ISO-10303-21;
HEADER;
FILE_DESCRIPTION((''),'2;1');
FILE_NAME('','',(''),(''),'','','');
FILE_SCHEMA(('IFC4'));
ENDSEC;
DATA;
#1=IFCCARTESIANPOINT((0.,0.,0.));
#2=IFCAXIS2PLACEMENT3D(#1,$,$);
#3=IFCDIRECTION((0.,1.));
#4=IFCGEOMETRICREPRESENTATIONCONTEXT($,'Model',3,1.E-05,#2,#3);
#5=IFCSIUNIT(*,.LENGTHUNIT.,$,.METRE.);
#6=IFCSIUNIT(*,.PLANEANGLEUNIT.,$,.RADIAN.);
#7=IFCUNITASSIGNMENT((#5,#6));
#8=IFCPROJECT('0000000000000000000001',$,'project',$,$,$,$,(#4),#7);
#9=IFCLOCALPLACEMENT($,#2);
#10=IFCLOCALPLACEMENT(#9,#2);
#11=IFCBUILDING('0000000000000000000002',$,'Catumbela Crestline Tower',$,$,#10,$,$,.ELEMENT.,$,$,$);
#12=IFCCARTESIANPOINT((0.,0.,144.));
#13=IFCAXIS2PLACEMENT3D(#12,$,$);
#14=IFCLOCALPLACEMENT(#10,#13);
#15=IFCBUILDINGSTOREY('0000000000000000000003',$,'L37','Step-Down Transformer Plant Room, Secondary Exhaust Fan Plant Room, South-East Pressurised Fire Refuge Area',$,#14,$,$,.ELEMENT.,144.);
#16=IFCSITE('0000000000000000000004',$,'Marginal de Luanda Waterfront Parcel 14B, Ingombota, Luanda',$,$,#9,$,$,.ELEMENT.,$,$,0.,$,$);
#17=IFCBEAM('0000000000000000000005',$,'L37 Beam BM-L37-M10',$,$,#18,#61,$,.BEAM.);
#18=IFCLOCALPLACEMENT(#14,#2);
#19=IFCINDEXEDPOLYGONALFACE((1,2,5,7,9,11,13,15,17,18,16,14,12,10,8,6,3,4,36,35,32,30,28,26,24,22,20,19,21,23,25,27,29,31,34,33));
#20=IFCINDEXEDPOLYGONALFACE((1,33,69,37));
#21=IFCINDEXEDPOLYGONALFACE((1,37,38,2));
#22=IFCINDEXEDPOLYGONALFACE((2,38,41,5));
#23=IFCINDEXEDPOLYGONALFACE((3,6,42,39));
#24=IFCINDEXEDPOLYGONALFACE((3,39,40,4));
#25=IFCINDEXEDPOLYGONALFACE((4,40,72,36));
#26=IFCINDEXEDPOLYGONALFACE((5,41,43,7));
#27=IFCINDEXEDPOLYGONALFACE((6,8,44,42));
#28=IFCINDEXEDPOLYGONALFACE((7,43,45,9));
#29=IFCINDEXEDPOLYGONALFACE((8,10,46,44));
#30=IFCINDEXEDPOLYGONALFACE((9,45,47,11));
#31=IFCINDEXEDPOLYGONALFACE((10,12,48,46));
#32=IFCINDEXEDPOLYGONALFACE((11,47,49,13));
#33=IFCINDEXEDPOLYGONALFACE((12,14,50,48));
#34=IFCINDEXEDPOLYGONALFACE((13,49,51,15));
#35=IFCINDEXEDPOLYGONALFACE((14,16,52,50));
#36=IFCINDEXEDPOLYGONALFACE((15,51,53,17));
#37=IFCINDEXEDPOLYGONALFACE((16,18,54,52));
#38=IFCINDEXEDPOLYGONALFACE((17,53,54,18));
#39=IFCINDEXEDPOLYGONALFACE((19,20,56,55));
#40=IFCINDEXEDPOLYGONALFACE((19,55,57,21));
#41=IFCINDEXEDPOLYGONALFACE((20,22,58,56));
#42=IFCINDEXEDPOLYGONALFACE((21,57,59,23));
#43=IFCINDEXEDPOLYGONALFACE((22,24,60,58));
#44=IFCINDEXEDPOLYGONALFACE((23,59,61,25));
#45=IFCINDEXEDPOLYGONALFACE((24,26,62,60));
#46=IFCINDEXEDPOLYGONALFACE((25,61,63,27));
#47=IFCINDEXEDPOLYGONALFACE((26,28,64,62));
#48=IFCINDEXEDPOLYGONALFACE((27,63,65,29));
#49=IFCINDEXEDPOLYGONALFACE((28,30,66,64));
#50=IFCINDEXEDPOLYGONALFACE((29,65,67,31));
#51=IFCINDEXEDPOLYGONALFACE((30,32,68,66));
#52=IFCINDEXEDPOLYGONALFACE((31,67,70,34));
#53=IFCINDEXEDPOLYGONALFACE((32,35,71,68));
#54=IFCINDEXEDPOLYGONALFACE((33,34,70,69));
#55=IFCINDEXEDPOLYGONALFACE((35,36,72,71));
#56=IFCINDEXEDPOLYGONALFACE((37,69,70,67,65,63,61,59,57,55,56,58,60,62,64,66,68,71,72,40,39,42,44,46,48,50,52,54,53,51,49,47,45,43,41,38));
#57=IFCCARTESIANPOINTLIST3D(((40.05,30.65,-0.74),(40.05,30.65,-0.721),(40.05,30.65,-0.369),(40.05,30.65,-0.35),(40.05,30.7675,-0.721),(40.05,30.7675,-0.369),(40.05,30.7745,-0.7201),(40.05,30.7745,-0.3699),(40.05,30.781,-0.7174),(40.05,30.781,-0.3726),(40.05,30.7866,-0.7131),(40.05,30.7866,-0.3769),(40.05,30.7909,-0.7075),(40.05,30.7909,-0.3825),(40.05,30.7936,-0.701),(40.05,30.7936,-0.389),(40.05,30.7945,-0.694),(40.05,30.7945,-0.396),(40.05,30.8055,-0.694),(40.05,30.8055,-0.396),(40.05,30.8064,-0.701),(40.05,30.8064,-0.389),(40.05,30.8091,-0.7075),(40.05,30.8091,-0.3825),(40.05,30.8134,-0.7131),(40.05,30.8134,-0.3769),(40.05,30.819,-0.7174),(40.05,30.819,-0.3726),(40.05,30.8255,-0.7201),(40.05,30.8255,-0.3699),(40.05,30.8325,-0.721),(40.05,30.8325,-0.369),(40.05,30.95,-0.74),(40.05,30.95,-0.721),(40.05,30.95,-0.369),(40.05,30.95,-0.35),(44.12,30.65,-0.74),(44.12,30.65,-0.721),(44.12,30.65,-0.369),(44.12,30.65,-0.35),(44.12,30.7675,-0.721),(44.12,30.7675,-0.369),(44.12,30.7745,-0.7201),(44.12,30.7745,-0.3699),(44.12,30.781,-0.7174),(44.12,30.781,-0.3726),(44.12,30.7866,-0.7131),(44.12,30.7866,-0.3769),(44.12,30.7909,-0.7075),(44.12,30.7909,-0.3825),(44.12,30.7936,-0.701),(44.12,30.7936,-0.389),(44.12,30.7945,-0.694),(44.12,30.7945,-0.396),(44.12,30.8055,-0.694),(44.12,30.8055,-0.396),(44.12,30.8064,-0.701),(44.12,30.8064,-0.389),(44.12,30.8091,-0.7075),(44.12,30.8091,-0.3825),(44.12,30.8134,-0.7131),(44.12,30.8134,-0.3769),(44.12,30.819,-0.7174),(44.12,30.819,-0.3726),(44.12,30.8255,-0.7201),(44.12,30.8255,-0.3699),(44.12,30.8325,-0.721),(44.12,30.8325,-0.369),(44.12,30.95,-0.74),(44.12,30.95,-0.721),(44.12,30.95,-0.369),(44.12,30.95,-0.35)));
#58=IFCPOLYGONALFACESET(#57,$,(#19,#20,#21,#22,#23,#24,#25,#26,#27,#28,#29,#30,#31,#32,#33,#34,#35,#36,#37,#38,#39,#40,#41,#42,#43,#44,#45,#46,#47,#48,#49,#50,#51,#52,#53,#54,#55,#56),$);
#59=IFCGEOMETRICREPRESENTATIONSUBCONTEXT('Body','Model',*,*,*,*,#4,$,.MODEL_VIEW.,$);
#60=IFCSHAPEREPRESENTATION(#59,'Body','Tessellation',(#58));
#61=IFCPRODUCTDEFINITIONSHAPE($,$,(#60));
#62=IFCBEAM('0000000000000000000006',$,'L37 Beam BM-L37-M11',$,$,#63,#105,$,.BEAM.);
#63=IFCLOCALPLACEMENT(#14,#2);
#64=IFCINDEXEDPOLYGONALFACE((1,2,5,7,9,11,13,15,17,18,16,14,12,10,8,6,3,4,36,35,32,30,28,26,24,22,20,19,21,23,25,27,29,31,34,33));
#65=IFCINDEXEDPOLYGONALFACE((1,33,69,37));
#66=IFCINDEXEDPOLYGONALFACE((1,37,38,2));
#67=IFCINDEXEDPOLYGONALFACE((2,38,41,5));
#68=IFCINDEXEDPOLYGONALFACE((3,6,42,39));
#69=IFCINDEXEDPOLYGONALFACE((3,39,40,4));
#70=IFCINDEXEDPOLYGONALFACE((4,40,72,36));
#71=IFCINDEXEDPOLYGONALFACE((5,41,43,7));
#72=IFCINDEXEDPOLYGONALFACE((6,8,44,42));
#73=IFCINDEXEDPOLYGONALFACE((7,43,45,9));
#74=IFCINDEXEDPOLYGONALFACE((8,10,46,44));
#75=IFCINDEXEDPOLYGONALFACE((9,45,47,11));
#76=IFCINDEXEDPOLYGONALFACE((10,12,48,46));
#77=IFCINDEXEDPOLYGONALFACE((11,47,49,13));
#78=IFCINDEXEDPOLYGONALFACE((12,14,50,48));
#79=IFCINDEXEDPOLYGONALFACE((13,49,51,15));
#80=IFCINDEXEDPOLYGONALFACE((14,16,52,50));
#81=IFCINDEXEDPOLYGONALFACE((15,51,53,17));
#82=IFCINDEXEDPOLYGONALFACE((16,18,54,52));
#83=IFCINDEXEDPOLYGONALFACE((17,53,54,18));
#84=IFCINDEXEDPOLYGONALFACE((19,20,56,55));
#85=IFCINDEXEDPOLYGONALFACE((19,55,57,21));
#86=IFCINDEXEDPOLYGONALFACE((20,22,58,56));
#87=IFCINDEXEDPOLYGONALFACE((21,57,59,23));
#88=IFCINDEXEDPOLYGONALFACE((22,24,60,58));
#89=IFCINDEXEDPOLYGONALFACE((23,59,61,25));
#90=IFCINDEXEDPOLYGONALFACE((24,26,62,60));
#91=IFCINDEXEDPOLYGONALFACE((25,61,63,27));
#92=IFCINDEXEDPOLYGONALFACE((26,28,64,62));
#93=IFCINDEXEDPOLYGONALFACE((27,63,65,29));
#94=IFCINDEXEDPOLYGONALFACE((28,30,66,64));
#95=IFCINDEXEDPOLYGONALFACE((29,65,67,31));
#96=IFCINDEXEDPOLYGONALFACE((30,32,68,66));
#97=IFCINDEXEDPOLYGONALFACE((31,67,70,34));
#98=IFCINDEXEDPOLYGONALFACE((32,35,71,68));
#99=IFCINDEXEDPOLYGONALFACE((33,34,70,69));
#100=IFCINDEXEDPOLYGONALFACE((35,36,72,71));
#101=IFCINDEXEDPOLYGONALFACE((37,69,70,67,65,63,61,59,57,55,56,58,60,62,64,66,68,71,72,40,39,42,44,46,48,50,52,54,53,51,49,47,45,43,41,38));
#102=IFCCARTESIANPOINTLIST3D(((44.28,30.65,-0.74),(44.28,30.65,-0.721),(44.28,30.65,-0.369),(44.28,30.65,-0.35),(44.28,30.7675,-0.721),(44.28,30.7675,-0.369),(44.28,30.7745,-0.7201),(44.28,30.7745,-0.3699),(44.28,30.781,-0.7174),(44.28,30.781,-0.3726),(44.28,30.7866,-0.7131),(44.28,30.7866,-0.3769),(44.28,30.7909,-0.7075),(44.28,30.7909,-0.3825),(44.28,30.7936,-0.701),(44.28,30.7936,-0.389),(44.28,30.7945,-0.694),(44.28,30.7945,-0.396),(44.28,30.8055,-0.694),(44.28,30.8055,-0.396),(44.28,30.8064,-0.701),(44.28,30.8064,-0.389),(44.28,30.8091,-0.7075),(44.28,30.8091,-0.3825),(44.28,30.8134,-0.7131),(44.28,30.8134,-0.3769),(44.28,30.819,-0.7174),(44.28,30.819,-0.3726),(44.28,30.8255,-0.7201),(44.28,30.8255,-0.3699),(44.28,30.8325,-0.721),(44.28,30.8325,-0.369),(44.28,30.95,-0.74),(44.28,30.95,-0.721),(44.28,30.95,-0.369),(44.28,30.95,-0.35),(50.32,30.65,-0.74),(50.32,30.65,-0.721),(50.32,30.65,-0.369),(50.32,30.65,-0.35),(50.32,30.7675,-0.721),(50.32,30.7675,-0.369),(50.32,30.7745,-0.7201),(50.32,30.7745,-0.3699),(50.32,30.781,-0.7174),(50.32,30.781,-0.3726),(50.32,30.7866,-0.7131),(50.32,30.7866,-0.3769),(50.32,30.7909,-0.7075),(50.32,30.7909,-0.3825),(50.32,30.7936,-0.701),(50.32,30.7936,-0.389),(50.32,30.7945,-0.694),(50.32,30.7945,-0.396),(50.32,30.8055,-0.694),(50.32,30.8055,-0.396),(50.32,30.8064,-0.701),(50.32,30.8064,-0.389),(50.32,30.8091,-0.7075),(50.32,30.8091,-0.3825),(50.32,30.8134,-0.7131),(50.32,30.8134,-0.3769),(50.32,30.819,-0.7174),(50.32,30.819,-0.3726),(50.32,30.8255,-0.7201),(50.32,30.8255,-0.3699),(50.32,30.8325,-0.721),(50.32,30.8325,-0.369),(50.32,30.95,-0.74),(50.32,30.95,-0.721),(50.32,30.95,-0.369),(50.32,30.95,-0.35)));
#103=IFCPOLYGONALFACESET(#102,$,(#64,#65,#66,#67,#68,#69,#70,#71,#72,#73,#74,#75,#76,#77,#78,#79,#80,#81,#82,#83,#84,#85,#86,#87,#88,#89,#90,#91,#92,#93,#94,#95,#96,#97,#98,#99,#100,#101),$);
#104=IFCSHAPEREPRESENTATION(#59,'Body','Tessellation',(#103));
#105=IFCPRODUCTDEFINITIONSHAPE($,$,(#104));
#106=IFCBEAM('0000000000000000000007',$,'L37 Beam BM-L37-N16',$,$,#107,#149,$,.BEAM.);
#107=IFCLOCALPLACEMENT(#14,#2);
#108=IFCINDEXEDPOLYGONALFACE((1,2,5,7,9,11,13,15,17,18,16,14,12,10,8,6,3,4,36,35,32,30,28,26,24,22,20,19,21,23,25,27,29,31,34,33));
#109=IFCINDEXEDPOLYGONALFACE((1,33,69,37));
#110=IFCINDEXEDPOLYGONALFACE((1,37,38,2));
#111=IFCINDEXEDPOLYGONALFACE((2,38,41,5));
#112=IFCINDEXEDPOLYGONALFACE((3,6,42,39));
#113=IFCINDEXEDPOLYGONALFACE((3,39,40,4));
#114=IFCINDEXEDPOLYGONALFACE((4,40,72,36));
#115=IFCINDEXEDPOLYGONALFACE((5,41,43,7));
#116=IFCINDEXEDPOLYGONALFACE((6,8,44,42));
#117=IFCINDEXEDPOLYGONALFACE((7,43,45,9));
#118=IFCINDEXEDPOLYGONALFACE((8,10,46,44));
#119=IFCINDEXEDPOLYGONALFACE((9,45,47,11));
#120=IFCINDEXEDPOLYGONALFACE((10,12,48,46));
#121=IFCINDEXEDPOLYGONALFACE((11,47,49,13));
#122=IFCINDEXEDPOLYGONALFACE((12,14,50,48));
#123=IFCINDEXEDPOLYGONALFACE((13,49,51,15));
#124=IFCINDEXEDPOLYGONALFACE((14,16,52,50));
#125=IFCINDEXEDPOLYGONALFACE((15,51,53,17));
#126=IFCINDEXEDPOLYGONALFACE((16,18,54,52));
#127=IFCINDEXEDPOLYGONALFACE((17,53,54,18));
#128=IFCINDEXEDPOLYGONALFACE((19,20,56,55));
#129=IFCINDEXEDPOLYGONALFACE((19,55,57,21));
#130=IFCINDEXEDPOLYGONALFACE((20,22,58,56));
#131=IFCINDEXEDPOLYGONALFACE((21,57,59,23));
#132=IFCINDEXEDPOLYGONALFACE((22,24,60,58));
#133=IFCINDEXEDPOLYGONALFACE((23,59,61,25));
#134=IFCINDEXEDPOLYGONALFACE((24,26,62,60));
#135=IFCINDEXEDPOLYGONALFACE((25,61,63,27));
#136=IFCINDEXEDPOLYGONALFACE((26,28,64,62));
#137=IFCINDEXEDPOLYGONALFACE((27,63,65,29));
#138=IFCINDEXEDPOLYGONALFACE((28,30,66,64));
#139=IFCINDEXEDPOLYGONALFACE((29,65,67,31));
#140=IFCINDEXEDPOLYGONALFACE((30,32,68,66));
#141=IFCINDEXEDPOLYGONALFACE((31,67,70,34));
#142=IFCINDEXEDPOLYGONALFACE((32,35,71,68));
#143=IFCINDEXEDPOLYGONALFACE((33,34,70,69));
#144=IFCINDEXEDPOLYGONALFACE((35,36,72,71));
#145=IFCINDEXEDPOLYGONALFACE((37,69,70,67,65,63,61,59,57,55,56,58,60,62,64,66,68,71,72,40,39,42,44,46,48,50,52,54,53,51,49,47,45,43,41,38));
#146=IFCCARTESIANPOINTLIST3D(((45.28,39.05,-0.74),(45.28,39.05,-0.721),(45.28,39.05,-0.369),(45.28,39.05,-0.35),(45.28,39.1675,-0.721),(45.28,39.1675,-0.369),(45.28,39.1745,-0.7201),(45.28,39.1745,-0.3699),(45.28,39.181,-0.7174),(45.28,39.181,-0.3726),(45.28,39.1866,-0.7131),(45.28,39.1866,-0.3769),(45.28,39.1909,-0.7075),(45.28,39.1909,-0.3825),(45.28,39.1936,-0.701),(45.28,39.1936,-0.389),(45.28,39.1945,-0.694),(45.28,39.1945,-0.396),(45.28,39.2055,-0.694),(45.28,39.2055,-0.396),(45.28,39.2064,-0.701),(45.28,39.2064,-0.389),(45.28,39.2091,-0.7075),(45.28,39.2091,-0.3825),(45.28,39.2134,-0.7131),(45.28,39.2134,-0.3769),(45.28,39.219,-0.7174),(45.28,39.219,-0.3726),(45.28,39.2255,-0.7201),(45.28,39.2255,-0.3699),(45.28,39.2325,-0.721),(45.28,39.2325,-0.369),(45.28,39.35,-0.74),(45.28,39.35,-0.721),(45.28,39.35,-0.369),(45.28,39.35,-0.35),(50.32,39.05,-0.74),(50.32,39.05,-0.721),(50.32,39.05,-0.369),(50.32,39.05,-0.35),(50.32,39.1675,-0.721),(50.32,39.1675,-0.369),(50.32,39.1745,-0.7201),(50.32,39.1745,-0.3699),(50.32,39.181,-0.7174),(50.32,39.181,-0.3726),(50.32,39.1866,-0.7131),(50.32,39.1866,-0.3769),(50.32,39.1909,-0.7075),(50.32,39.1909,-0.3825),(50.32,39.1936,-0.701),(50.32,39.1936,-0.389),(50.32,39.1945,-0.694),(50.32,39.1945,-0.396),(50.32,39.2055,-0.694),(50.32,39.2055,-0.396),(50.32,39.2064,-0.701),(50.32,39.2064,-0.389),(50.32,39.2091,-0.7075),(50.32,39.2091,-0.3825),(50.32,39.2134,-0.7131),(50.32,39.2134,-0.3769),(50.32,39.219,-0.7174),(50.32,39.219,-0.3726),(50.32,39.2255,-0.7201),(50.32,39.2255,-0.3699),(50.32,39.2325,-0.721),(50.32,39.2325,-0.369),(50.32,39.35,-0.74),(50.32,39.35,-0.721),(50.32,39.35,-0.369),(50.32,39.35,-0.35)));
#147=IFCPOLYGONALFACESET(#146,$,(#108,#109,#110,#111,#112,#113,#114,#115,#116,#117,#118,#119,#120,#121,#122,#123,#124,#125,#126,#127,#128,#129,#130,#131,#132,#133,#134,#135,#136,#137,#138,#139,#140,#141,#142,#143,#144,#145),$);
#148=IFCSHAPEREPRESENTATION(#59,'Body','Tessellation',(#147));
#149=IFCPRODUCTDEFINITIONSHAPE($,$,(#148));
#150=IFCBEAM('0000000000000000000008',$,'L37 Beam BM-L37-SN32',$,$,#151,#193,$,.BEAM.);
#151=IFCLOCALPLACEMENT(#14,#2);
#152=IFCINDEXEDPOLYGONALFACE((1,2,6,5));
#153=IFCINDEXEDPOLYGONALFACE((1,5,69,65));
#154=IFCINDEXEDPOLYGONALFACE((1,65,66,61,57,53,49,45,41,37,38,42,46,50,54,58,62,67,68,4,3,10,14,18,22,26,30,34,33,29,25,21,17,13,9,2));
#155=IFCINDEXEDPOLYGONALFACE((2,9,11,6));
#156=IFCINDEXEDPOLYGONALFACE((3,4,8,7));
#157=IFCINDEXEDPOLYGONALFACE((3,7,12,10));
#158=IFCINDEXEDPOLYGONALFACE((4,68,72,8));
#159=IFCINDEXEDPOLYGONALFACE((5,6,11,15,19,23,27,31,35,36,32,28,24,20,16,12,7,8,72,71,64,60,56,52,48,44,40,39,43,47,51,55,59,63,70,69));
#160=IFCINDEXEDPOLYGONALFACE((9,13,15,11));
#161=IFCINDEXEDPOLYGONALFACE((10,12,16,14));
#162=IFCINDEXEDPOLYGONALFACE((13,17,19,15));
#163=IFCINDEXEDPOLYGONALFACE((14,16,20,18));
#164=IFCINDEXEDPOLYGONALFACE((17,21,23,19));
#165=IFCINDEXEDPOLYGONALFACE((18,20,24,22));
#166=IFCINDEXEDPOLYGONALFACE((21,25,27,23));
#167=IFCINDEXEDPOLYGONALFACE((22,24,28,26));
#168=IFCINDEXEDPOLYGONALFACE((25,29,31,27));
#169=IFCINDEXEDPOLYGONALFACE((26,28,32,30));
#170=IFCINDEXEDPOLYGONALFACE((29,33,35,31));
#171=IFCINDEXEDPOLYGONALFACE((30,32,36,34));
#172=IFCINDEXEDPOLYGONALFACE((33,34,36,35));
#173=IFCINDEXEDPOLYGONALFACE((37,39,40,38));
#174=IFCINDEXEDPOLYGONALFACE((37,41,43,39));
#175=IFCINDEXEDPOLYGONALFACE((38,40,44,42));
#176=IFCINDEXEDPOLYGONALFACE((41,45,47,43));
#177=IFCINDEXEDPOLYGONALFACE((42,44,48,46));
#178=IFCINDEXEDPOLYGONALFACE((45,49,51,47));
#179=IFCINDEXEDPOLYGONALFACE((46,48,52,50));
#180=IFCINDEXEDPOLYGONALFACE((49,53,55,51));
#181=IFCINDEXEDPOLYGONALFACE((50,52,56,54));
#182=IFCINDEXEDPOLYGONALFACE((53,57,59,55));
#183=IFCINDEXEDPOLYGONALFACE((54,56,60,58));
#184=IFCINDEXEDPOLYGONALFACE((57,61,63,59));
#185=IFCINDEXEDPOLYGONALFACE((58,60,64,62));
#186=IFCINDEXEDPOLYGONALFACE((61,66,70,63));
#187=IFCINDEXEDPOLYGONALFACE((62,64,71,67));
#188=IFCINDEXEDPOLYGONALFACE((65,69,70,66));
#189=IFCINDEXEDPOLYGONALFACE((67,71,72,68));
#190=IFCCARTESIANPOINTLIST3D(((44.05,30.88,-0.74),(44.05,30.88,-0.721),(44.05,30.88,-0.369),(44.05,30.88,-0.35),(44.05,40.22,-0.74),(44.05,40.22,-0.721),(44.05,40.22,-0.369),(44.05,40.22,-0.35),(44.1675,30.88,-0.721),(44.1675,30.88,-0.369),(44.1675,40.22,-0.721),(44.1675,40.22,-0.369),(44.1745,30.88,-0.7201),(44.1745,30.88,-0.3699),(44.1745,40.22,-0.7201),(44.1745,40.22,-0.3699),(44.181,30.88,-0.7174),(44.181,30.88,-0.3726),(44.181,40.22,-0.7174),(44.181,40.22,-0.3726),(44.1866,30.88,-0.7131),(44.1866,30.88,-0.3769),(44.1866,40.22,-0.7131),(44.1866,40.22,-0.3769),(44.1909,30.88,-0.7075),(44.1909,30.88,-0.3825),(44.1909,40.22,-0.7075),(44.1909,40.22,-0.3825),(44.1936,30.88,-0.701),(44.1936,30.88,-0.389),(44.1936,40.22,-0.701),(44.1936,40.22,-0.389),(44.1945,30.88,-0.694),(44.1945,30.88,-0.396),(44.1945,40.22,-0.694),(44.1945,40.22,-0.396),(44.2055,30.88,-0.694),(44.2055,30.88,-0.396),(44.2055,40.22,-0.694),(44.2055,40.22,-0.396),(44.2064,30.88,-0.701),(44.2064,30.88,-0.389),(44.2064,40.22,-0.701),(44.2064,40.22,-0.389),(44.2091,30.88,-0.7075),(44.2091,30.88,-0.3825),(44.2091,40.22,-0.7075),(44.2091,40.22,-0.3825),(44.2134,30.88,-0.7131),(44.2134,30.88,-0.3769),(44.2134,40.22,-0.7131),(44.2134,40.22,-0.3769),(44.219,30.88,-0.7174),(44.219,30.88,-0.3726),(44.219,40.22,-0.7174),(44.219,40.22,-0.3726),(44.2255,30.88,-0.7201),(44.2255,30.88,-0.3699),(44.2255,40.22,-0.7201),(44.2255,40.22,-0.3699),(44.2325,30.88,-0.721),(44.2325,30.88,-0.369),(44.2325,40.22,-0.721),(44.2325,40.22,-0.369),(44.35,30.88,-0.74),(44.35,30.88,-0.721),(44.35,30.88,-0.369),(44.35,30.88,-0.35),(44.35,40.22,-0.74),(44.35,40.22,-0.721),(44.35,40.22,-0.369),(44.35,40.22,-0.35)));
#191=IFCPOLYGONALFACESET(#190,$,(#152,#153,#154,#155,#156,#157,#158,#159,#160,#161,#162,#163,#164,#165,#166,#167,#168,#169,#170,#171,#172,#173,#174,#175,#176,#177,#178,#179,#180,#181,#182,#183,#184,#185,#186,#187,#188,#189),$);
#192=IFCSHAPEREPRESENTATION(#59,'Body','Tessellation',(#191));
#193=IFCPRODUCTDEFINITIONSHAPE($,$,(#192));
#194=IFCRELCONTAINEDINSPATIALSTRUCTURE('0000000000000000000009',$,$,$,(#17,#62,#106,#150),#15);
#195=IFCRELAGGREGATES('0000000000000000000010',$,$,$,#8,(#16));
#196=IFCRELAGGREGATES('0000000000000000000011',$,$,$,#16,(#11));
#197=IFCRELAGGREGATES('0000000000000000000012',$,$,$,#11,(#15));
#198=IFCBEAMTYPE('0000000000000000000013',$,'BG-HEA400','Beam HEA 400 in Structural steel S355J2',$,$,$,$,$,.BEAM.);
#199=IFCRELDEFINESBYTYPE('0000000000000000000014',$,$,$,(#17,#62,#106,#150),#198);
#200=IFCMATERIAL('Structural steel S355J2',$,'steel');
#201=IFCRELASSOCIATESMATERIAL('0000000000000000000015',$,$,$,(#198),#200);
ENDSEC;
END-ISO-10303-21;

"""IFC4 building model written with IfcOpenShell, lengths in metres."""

from ifc_helpers import new_model, si_unit, direction, frame, origin, origin_2d, place, context, subcontext, project, spatial, i_section, extrude, material, material_profile, profile_set, type_object, element, save


model = new_model("IFC4")

# Units and contexts
model_context = context("Model", 3, precision=1e-05, world=origin(), true_north=direction((0.0, 1.0)))
body_context = subcontext(model_context, "Body", "Model", "MODEL_VIEW")
ifc_project = project(units=[si_unit("LENGTHUNIT", "METRE"), si_unit("PLANEANGLEUNIT", "RADIAN")], contexts=[model_context])

# Site, building, storey
site_placement = place(None, origin())
site = spatial("IfcSite", under=ifc_project, at=site_placement, Name="Marginal de Luanda Waterfront Parcel 14B, Ingombota, Luanda", CompositionType="ELEMENT", RefElevation=0.0)
building_placement = place(site_placement, origin())
building = spatial("IfcBuilding", under=site, at=building_placement, Name="Catumbela Crestline Tower", CompositionType="ELEMENT")
storey_placement = place(building_placement, frame((0.0, 0.0, 144.0)))
storey = spatial("IfcBuildingStorey", under=building, at=storey_placement, Name="L37", Description="Step-Down Transformer Plant Room, Secondary Exhaust Fan Plant Room, South-East Pressurised Fire Refuge Area", CompositionType="ELEMENT", Elevation=144.0)

# Beams
ifc_material_1 = material(Name="Structural steel S355J2", Category="steel")
ifc_material_profile_1 = material_profile(ifc_material_1, i_section(OverallWidth=0.3, OverallDepth=0.39, WebThickness=0.011, FlangeThickness=0.019, FilletRadius=0.027, at=origin_2d()), Name="HEA 400")
ifc_profile_set_1 = profile_set([ifc_material_profile_1], Name="Structural steel S355J2")
beam_type_1 = type_object("IfcBeamType", Name="BG-HEA400", Description="Beam HEA 400 in Structural steel S355J2", PredefinedType="BEAM", material=ifc_profile_set_1)
beam_1_placement = place(storey_placement, frame((40.05, 30.8, -0.545), z_axis=(1.0, 0.0, 0.0), x_axis=(0.0, 1.0, 0.0)))
element("IfcBeam", 1, at=beam_1_placement, inside=storey, type_object=beam_type_1, Name="L37 Beam BM-L37-M10", PredefinedType="BEAM", context=body_context, shape_type="SweptSolid", body=[
    extrude(i_section(OverallWidth=0.3, OverallDepth=0.39, WebThickness=0.011, FlangeThickness=0.019, FilletRadius=0.027, at=origin_2d()), origin(), (0.0, 0.0, 1.0), 4.07),
])
beam_2_placement = place(storey_placement, frame((44.28, 30.8, -0.545), z_axis=(1.0, 0.0, 0.0), x_axis=(0.0, 1.0, 0.0)))
element("IfcBeam", 2, at=beam_2_placement, inside=storey, type_object=beam_type_1, Name="L37 Beam BM-L37-M11", PredefinedType="BEAM", context=body_context, shape_type="SweptSolid", body=[
    extrude(i_section(OverallWidth=0.3, OverallDepth=0.39, WebThickness=0.011, FlangeThickness=0.019, FilletRadius=0.027, at=origin_2d()), origin(), (0.0, 0.0, 1.0), 6.04),
])
beam_3_placement = place(storey_placement, frame((45.28, 39.2, -0.545), z_axis=(1.0, 0.0, 0.0), x_axis=(0.0, 1.0, 0.0)))
element("IfcBeam", 3, at=beam_3_placement, inside=storey, type_object=beam_type_1, Name="L37 Beam BM-L37-N16", PredefinedType="BEAM", context=body_context, shape_type="SweptSolid", body=[
    extrude(i_section(OverallWidth=0.3, OverallDepth=0.39, WebThickness=0.011, FlangeThickness=0.019, FilletRadius=0.027, at=origin_2d()), origin(), (0.0, 0.0, 1.0), 5.04),
])
beam_4_placement = place(storey_placement, frame((44.2, 30.88, -0.545), z_axis=(0.0, 1.0, 0.0), x_axis=(-1.0, 0.0, 0.0)))
element("IfcBeam", 4, at=beam_4_placement, inside=storey, type_object=beam_type_1, Name="L37 Beam BM-L37-SN32", PredefinedType="BEAM", context=body_context, shape_type="SweptSolid", body=[
    extrude(i_section(OverallWidth=0.3, OverallDepth=0.39, WebThickness=0.011, FlangeThickness=0.019, FilletRadius=0.027, at=origin_2d()), origin(), (0.0, 0.0, 1.0), 9.34),
])

save(model, "model.ifc")
